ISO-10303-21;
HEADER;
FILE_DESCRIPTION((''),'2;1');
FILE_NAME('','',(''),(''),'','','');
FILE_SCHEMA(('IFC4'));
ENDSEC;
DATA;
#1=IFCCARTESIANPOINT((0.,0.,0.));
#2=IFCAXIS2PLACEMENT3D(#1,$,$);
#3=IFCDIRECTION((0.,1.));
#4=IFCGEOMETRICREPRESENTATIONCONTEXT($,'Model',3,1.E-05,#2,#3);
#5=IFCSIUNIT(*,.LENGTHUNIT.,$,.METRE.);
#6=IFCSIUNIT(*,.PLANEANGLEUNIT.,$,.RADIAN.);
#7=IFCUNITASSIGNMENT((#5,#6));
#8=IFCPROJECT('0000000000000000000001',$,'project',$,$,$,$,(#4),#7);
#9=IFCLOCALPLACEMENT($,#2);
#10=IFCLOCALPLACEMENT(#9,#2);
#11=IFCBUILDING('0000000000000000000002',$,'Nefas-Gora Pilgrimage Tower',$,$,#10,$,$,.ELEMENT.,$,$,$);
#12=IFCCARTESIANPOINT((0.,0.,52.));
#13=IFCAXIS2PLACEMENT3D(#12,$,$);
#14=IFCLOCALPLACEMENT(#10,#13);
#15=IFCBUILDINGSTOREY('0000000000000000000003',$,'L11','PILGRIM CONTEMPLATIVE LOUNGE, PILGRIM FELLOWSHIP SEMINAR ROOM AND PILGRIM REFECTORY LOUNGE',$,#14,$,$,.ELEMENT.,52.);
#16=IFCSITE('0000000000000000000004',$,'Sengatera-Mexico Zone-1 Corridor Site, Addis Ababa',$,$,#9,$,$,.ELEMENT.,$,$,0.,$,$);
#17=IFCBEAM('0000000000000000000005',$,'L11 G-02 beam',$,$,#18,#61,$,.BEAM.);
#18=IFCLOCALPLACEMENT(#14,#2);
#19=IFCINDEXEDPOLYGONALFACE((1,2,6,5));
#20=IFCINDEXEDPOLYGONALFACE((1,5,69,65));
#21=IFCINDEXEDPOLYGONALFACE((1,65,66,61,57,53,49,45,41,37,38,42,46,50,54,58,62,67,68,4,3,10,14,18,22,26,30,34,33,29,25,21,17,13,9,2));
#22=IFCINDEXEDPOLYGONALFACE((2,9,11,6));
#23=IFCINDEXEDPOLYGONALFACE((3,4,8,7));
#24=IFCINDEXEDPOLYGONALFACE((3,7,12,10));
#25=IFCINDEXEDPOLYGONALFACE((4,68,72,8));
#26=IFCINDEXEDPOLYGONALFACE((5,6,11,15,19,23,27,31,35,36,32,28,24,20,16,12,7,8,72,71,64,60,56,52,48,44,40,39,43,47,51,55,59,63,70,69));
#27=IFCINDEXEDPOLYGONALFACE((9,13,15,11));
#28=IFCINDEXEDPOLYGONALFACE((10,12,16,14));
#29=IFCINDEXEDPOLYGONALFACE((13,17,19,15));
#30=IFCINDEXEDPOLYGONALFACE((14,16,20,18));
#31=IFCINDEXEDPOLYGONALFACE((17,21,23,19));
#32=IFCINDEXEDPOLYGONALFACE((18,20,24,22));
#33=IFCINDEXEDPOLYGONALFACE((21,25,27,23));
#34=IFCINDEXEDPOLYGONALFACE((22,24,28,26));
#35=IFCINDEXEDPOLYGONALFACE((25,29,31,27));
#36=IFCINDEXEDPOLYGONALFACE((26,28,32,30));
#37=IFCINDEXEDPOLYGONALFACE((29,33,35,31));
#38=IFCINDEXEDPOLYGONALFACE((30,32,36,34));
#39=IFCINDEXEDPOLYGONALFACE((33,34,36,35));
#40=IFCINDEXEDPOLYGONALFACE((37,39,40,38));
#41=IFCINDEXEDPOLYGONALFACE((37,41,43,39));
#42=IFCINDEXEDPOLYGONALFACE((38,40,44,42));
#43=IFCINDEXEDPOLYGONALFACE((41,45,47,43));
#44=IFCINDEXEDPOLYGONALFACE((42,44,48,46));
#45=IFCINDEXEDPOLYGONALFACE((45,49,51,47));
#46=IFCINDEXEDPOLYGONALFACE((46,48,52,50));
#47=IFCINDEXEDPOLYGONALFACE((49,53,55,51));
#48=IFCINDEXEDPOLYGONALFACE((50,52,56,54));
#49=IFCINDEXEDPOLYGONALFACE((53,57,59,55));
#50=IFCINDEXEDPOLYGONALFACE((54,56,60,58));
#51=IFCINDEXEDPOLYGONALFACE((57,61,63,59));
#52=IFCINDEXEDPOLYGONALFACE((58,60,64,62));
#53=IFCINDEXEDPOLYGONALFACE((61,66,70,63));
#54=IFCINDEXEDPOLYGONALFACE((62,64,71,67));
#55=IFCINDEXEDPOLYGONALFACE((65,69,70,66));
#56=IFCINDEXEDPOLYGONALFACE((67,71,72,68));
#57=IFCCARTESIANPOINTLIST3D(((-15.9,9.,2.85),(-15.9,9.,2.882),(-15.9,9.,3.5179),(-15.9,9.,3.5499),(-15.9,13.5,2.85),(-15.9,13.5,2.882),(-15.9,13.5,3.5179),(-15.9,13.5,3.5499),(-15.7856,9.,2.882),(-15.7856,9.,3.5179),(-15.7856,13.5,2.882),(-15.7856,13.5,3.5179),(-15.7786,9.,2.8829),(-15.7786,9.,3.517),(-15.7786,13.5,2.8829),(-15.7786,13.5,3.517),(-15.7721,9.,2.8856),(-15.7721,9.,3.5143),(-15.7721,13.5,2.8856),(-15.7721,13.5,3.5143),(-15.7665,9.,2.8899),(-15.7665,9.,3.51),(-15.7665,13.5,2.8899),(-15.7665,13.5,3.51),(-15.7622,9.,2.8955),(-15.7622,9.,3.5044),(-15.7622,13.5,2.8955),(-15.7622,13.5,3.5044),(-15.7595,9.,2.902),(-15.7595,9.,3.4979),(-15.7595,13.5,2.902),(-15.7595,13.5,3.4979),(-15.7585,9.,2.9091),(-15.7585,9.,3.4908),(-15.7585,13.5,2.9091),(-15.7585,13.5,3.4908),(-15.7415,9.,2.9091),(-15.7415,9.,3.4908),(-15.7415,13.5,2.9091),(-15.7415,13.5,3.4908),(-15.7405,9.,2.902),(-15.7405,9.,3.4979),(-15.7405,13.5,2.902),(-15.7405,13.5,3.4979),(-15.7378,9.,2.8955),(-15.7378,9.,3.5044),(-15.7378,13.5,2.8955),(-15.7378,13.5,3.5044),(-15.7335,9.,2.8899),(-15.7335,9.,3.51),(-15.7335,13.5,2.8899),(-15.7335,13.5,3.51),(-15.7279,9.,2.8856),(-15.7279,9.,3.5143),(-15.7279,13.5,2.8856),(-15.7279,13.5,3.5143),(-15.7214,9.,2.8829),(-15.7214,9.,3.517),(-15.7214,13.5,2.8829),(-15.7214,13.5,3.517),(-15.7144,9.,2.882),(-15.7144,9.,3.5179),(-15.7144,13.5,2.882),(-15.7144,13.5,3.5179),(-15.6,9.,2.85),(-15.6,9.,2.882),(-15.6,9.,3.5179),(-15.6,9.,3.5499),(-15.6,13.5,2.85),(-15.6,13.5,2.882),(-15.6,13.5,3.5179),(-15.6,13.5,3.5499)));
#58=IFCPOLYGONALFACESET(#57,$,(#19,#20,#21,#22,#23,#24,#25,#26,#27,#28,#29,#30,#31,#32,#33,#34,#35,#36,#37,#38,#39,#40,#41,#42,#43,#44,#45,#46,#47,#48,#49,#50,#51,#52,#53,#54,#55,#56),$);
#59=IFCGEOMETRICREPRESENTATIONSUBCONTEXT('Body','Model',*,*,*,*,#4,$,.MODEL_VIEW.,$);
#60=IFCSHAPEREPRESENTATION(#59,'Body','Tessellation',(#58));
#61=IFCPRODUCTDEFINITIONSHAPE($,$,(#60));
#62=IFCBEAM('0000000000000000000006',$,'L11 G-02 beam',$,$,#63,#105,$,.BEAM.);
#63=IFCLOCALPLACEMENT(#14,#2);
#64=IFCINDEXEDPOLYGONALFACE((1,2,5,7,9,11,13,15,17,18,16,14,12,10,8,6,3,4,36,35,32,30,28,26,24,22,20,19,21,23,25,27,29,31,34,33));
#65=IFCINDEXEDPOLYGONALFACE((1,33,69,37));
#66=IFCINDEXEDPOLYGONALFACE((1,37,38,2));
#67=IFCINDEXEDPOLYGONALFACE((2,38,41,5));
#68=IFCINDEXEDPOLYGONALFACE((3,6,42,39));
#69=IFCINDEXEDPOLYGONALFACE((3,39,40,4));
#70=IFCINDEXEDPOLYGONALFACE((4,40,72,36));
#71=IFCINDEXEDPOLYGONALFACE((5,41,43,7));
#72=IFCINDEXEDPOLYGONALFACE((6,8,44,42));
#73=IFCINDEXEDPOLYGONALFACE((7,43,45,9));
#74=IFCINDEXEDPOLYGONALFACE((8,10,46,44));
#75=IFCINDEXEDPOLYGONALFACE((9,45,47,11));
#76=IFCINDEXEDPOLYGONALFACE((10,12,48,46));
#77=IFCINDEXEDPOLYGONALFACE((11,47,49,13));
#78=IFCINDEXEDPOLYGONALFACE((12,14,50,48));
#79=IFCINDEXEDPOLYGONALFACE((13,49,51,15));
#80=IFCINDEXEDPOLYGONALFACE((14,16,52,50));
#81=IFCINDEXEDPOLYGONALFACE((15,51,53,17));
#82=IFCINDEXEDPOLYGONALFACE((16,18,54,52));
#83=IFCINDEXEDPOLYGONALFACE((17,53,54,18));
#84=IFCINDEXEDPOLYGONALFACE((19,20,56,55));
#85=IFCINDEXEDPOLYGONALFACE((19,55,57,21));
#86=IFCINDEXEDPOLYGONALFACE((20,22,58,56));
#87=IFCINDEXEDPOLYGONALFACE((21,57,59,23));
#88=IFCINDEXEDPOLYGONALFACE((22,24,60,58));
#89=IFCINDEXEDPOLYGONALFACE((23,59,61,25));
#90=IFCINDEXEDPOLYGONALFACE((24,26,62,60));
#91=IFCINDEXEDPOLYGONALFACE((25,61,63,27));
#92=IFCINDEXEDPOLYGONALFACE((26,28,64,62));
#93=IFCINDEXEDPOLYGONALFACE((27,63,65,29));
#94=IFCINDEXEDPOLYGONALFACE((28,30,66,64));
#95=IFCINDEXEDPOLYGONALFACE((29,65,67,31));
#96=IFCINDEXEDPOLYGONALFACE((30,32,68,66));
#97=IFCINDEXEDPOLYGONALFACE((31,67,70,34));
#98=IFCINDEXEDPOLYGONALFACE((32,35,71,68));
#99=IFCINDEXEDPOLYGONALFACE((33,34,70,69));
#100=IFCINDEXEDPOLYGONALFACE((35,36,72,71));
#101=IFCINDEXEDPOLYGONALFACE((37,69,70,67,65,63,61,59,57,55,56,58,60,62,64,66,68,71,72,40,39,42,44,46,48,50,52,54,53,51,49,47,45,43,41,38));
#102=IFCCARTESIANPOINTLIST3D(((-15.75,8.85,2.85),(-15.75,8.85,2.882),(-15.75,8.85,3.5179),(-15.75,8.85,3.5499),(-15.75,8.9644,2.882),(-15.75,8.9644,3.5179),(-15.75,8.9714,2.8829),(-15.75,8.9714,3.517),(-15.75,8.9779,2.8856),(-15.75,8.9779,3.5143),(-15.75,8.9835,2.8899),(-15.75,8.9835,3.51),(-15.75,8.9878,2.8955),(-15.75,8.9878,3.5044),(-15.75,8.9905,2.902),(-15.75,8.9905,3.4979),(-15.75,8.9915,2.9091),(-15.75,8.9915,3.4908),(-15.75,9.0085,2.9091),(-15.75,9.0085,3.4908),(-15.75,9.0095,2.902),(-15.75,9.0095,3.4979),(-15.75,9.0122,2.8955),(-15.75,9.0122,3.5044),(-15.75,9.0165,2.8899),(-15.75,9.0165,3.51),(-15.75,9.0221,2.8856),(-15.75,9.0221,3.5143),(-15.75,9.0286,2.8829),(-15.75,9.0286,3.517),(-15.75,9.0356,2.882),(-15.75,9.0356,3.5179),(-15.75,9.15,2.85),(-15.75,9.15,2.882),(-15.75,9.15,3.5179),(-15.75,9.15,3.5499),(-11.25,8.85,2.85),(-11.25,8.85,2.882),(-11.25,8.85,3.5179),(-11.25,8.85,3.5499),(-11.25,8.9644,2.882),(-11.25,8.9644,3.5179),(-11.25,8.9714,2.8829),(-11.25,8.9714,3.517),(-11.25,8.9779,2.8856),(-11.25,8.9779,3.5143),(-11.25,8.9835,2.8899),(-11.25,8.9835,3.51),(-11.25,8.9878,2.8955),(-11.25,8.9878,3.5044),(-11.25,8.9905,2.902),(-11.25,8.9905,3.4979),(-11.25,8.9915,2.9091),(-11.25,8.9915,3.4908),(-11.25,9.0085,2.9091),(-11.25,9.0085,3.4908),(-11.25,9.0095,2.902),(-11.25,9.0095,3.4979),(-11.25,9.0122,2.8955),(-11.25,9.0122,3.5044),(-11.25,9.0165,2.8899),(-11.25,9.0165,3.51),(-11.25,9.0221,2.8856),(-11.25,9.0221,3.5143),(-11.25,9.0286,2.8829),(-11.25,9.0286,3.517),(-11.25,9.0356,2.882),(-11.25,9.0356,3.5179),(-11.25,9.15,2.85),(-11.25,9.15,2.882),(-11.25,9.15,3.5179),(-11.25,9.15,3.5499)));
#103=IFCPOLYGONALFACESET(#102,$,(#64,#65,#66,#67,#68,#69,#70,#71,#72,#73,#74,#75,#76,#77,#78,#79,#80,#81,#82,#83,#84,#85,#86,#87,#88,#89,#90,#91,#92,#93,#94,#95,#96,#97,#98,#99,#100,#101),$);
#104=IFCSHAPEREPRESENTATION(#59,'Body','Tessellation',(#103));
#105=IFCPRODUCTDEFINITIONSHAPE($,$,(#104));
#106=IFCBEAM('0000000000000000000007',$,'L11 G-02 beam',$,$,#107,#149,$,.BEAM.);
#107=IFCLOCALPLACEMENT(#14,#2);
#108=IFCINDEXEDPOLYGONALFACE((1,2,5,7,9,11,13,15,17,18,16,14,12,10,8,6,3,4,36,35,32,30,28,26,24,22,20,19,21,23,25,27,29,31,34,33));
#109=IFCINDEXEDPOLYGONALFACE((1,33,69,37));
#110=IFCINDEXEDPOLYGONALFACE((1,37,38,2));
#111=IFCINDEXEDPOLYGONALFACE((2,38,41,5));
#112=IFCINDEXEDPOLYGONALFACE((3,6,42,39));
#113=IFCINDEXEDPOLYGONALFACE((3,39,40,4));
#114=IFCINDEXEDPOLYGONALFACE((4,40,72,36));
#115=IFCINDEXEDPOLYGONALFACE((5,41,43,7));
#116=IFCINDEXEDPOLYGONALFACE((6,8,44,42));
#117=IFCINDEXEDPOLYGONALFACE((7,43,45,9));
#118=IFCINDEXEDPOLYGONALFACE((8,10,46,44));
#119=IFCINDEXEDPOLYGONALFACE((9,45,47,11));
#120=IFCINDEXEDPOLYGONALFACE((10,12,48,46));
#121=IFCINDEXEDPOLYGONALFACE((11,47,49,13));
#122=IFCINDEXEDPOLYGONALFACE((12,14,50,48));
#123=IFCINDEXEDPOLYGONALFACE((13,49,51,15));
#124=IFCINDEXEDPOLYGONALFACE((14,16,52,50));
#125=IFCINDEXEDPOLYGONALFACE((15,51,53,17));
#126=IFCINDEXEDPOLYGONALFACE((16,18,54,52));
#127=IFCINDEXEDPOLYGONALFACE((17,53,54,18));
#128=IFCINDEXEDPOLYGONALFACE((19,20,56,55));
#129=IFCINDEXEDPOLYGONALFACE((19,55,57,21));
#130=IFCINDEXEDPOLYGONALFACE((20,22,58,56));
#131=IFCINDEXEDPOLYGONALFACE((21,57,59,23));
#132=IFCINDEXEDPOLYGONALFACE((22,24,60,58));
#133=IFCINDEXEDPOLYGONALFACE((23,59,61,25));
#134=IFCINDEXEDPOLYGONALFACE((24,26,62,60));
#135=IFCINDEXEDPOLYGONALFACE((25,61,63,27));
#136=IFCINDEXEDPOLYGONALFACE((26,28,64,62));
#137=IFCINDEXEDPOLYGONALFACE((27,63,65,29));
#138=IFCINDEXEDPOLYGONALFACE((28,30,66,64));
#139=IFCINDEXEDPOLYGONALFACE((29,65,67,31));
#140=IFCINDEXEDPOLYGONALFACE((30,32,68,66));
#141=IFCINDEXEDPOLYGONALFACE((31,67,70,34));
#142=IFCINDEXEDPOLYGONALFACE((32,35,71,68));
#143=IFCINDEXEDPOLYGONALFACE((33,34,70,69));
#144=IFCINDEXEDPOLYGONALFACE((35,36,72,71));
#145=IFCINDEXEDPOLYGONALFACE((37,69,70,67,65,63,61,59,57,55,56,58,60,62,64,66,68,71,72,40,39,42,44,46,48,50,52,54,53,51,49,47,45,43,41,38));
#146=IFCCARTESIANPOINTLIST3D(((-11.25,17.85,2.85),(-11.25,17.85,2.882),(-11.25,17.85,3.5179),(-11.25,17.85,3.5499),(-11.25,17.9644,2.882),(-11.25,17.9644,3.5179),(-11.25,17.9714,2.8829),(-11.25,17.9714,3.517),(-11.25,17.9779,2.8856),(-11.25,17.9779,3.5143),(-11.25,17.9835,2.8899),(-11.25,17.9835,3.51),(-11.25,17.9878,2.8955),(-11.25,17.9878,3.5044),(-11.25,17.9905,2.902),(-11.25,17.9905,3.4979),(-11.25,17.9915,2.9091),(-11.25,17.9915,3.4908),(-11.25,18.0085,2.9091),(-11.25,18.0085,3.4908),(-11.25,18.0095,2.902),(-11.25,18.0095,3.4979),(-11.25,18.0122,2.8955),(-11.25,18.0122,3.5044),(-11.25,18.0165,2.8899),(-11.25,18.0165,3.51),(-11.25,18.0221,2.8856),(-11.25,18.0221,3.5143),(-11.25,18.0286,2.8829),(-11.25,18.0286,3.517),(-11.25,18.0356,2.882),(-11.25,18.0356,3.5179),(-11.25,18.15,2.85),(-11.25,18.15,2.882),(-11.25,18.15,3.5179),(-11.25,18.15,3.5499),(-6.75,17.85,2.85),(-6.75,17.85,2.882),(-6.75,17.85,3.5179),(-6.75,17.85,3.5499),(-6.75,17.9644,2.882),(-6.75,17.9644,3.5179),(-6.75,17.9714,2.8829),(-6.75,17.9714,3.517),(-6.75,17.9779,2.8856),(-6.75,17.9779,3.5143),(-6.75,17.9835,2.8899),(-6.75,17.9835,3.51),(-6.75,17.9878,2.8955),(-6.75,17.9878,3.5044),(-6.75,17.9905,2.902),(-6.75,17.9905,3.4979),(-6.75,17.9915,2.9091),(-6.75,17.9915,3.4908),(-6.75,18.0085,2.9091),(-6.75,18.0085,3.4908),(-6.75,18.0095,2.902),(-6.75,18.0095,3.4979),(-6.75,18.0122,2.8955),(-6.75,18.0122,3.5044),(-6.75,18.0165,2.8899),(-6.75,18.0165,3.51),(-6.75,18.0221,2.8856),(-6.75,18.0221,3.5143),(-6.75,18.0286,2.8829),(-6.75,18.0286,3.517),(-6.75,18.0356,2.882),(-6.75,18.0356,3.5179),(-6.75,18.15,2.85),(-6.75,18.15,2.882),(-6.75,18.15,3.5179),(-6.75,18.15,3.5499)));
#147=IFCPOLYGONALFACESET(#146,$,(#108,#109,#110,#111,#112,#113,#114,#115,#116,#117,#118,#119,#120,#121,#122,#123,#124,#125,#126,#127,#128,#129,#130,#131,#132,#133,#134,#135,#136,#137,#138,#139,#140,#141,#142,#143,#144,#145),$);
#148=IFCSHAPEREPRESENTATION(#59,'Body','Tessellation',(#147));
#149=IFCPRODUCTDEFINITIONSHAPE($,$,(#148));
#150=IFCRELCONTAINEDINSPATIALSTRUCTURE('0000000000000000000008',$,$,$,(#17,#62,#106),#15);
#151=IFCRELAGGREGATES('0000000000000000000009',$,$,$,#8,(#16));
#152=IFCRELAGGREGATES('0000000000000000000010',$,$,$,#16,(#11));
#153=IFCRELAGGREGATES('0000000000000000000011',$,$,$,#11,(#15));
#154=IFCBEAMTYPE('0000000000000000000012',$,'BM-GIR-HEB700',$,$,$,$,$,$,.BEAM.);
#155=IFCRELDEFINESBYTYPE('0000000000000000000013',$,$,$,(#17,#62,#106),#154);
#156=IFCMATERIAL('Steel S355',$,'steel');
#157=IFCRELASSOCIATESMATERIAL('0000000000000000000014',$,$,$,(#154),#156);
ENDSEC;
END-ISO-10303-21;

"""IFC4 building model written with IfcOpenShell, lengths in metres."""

from ifc_helpers import new_model, si_unit, direction, frame, origin, origin_2d, place, context, subcontext, project, spatial, i_section, extrude, source, transform, mapped, material, material_profile, profile_set, type_object, element, save


model = new_model("IFC4")

# Units and contexts
model_context = context("Model", 3, precision=1e-05, world=origin(), true_north=direction((0.0, 1.0)))
body_context = subcontext(model_context, "Body", "Model", "MODEL_VIEW")
ifc_project = project(units=[si_unit("LENGTHUNIT", "METRE"), si_unit("PLANEANGLEUNIT", "RADIAN")], contexts=[model_context])

# Site, building, storey
site_placement = place(None, origin())
site = spatial("IfcSite", under=ifc_project, at=site_placement, Name="Sengatera-Mexico Zone-1 Corridor Site, Addis Ababa", CompositionType="ELEMENT", RefElevation=0.0)
building_placement = place(site_placement, origin())
building = spatial("IfcBuilding", under=site, at=building_placement, Name="Nefas-Gora Pilgrimage Tower", CompositionType="ELEMENT")
storey_placement = place(building_placement, frame((0.0, 0.0, 52.0)))
storey = spatial("IfcBuildingStorey", under=building, at=storey_placement, Name="L11", Description="PILGRIM CONTEMPLATIVE LOUNGE, PILGRIM FELLOWSHIP SEMINAR ROOM AND PILGRIM REFECTORY LOUNGE", CompositionType="ELEMENT", Elevation=52.0)

# Beams
ifc_material_1 = material(Name="Steel S355", Category="steel")
ifc_material_profile_1 = material_profile(ifc_material_1, i_section(OverallWidth=0.3, OverallDepth=0.7, WebThickness=0.0171, FlangeThickness=0.032, FilletRadius=0.0271, at=origin_2d()), Name="HEB 700")
ifc_profile_set_1 = profile_set([ifc_material_profile_1], Name="Steel S355")
beam_type_1 = type_object("IfcBeamType", Name="BM-GIR-HEB700", PredefinedType="BEAM", material=ifc_profile_set_1)
shared_shape_1 = source(origin(), body_context, "Body", "SweptSolid", [
    extrude(i_section(OverallWidth=0.3, OverallDepth=0.7, WebThickness=0.0171, FlangeThickness=0.032, FilletRadius=0.0271, at=origin_2d()), origin(), (0.0, 0.0, 1.0), 4.5),
])
for number, where, z_axis, x_axis, name in (
    (1, (-15.75, 9.0, 3.2), (0.0, 1.0, 0.0), (-1.0, 0.0, 0.0), "L11 G-02 beam"),
    (2, (-15.75, 9.0, 3.2), (1.0, 0.0, 0.0), (0.0, 1.0, 0.0), "L11 G-02 beam"),
    (3, (-11.25, 18.0, 3.2), (1.0, 0.0, 0.0), (0.0, 1.0, 0.0), "L11 G-02 beam"),
):
    element("IfcBeam", number, at=place(storey_placement, frame(where, z_axis=z_axis, x_axis=x_axis)), inside=storey, type_object=beam_type_1, Name=name, PredefinedType="BEAM", context=body_context, shape_type="MappedRepresentation", body=[
        mapped(shared_shape_1, transform((0.0, 0.0, 0.0), x_axis=(1.0, 0.0, 0.0), y_axis=(0.0, 1.0, 0.0), z_axis=(0.0, 0.0, 1.0), scale=1.0)),
    ])

save(model, "model.ifc")
